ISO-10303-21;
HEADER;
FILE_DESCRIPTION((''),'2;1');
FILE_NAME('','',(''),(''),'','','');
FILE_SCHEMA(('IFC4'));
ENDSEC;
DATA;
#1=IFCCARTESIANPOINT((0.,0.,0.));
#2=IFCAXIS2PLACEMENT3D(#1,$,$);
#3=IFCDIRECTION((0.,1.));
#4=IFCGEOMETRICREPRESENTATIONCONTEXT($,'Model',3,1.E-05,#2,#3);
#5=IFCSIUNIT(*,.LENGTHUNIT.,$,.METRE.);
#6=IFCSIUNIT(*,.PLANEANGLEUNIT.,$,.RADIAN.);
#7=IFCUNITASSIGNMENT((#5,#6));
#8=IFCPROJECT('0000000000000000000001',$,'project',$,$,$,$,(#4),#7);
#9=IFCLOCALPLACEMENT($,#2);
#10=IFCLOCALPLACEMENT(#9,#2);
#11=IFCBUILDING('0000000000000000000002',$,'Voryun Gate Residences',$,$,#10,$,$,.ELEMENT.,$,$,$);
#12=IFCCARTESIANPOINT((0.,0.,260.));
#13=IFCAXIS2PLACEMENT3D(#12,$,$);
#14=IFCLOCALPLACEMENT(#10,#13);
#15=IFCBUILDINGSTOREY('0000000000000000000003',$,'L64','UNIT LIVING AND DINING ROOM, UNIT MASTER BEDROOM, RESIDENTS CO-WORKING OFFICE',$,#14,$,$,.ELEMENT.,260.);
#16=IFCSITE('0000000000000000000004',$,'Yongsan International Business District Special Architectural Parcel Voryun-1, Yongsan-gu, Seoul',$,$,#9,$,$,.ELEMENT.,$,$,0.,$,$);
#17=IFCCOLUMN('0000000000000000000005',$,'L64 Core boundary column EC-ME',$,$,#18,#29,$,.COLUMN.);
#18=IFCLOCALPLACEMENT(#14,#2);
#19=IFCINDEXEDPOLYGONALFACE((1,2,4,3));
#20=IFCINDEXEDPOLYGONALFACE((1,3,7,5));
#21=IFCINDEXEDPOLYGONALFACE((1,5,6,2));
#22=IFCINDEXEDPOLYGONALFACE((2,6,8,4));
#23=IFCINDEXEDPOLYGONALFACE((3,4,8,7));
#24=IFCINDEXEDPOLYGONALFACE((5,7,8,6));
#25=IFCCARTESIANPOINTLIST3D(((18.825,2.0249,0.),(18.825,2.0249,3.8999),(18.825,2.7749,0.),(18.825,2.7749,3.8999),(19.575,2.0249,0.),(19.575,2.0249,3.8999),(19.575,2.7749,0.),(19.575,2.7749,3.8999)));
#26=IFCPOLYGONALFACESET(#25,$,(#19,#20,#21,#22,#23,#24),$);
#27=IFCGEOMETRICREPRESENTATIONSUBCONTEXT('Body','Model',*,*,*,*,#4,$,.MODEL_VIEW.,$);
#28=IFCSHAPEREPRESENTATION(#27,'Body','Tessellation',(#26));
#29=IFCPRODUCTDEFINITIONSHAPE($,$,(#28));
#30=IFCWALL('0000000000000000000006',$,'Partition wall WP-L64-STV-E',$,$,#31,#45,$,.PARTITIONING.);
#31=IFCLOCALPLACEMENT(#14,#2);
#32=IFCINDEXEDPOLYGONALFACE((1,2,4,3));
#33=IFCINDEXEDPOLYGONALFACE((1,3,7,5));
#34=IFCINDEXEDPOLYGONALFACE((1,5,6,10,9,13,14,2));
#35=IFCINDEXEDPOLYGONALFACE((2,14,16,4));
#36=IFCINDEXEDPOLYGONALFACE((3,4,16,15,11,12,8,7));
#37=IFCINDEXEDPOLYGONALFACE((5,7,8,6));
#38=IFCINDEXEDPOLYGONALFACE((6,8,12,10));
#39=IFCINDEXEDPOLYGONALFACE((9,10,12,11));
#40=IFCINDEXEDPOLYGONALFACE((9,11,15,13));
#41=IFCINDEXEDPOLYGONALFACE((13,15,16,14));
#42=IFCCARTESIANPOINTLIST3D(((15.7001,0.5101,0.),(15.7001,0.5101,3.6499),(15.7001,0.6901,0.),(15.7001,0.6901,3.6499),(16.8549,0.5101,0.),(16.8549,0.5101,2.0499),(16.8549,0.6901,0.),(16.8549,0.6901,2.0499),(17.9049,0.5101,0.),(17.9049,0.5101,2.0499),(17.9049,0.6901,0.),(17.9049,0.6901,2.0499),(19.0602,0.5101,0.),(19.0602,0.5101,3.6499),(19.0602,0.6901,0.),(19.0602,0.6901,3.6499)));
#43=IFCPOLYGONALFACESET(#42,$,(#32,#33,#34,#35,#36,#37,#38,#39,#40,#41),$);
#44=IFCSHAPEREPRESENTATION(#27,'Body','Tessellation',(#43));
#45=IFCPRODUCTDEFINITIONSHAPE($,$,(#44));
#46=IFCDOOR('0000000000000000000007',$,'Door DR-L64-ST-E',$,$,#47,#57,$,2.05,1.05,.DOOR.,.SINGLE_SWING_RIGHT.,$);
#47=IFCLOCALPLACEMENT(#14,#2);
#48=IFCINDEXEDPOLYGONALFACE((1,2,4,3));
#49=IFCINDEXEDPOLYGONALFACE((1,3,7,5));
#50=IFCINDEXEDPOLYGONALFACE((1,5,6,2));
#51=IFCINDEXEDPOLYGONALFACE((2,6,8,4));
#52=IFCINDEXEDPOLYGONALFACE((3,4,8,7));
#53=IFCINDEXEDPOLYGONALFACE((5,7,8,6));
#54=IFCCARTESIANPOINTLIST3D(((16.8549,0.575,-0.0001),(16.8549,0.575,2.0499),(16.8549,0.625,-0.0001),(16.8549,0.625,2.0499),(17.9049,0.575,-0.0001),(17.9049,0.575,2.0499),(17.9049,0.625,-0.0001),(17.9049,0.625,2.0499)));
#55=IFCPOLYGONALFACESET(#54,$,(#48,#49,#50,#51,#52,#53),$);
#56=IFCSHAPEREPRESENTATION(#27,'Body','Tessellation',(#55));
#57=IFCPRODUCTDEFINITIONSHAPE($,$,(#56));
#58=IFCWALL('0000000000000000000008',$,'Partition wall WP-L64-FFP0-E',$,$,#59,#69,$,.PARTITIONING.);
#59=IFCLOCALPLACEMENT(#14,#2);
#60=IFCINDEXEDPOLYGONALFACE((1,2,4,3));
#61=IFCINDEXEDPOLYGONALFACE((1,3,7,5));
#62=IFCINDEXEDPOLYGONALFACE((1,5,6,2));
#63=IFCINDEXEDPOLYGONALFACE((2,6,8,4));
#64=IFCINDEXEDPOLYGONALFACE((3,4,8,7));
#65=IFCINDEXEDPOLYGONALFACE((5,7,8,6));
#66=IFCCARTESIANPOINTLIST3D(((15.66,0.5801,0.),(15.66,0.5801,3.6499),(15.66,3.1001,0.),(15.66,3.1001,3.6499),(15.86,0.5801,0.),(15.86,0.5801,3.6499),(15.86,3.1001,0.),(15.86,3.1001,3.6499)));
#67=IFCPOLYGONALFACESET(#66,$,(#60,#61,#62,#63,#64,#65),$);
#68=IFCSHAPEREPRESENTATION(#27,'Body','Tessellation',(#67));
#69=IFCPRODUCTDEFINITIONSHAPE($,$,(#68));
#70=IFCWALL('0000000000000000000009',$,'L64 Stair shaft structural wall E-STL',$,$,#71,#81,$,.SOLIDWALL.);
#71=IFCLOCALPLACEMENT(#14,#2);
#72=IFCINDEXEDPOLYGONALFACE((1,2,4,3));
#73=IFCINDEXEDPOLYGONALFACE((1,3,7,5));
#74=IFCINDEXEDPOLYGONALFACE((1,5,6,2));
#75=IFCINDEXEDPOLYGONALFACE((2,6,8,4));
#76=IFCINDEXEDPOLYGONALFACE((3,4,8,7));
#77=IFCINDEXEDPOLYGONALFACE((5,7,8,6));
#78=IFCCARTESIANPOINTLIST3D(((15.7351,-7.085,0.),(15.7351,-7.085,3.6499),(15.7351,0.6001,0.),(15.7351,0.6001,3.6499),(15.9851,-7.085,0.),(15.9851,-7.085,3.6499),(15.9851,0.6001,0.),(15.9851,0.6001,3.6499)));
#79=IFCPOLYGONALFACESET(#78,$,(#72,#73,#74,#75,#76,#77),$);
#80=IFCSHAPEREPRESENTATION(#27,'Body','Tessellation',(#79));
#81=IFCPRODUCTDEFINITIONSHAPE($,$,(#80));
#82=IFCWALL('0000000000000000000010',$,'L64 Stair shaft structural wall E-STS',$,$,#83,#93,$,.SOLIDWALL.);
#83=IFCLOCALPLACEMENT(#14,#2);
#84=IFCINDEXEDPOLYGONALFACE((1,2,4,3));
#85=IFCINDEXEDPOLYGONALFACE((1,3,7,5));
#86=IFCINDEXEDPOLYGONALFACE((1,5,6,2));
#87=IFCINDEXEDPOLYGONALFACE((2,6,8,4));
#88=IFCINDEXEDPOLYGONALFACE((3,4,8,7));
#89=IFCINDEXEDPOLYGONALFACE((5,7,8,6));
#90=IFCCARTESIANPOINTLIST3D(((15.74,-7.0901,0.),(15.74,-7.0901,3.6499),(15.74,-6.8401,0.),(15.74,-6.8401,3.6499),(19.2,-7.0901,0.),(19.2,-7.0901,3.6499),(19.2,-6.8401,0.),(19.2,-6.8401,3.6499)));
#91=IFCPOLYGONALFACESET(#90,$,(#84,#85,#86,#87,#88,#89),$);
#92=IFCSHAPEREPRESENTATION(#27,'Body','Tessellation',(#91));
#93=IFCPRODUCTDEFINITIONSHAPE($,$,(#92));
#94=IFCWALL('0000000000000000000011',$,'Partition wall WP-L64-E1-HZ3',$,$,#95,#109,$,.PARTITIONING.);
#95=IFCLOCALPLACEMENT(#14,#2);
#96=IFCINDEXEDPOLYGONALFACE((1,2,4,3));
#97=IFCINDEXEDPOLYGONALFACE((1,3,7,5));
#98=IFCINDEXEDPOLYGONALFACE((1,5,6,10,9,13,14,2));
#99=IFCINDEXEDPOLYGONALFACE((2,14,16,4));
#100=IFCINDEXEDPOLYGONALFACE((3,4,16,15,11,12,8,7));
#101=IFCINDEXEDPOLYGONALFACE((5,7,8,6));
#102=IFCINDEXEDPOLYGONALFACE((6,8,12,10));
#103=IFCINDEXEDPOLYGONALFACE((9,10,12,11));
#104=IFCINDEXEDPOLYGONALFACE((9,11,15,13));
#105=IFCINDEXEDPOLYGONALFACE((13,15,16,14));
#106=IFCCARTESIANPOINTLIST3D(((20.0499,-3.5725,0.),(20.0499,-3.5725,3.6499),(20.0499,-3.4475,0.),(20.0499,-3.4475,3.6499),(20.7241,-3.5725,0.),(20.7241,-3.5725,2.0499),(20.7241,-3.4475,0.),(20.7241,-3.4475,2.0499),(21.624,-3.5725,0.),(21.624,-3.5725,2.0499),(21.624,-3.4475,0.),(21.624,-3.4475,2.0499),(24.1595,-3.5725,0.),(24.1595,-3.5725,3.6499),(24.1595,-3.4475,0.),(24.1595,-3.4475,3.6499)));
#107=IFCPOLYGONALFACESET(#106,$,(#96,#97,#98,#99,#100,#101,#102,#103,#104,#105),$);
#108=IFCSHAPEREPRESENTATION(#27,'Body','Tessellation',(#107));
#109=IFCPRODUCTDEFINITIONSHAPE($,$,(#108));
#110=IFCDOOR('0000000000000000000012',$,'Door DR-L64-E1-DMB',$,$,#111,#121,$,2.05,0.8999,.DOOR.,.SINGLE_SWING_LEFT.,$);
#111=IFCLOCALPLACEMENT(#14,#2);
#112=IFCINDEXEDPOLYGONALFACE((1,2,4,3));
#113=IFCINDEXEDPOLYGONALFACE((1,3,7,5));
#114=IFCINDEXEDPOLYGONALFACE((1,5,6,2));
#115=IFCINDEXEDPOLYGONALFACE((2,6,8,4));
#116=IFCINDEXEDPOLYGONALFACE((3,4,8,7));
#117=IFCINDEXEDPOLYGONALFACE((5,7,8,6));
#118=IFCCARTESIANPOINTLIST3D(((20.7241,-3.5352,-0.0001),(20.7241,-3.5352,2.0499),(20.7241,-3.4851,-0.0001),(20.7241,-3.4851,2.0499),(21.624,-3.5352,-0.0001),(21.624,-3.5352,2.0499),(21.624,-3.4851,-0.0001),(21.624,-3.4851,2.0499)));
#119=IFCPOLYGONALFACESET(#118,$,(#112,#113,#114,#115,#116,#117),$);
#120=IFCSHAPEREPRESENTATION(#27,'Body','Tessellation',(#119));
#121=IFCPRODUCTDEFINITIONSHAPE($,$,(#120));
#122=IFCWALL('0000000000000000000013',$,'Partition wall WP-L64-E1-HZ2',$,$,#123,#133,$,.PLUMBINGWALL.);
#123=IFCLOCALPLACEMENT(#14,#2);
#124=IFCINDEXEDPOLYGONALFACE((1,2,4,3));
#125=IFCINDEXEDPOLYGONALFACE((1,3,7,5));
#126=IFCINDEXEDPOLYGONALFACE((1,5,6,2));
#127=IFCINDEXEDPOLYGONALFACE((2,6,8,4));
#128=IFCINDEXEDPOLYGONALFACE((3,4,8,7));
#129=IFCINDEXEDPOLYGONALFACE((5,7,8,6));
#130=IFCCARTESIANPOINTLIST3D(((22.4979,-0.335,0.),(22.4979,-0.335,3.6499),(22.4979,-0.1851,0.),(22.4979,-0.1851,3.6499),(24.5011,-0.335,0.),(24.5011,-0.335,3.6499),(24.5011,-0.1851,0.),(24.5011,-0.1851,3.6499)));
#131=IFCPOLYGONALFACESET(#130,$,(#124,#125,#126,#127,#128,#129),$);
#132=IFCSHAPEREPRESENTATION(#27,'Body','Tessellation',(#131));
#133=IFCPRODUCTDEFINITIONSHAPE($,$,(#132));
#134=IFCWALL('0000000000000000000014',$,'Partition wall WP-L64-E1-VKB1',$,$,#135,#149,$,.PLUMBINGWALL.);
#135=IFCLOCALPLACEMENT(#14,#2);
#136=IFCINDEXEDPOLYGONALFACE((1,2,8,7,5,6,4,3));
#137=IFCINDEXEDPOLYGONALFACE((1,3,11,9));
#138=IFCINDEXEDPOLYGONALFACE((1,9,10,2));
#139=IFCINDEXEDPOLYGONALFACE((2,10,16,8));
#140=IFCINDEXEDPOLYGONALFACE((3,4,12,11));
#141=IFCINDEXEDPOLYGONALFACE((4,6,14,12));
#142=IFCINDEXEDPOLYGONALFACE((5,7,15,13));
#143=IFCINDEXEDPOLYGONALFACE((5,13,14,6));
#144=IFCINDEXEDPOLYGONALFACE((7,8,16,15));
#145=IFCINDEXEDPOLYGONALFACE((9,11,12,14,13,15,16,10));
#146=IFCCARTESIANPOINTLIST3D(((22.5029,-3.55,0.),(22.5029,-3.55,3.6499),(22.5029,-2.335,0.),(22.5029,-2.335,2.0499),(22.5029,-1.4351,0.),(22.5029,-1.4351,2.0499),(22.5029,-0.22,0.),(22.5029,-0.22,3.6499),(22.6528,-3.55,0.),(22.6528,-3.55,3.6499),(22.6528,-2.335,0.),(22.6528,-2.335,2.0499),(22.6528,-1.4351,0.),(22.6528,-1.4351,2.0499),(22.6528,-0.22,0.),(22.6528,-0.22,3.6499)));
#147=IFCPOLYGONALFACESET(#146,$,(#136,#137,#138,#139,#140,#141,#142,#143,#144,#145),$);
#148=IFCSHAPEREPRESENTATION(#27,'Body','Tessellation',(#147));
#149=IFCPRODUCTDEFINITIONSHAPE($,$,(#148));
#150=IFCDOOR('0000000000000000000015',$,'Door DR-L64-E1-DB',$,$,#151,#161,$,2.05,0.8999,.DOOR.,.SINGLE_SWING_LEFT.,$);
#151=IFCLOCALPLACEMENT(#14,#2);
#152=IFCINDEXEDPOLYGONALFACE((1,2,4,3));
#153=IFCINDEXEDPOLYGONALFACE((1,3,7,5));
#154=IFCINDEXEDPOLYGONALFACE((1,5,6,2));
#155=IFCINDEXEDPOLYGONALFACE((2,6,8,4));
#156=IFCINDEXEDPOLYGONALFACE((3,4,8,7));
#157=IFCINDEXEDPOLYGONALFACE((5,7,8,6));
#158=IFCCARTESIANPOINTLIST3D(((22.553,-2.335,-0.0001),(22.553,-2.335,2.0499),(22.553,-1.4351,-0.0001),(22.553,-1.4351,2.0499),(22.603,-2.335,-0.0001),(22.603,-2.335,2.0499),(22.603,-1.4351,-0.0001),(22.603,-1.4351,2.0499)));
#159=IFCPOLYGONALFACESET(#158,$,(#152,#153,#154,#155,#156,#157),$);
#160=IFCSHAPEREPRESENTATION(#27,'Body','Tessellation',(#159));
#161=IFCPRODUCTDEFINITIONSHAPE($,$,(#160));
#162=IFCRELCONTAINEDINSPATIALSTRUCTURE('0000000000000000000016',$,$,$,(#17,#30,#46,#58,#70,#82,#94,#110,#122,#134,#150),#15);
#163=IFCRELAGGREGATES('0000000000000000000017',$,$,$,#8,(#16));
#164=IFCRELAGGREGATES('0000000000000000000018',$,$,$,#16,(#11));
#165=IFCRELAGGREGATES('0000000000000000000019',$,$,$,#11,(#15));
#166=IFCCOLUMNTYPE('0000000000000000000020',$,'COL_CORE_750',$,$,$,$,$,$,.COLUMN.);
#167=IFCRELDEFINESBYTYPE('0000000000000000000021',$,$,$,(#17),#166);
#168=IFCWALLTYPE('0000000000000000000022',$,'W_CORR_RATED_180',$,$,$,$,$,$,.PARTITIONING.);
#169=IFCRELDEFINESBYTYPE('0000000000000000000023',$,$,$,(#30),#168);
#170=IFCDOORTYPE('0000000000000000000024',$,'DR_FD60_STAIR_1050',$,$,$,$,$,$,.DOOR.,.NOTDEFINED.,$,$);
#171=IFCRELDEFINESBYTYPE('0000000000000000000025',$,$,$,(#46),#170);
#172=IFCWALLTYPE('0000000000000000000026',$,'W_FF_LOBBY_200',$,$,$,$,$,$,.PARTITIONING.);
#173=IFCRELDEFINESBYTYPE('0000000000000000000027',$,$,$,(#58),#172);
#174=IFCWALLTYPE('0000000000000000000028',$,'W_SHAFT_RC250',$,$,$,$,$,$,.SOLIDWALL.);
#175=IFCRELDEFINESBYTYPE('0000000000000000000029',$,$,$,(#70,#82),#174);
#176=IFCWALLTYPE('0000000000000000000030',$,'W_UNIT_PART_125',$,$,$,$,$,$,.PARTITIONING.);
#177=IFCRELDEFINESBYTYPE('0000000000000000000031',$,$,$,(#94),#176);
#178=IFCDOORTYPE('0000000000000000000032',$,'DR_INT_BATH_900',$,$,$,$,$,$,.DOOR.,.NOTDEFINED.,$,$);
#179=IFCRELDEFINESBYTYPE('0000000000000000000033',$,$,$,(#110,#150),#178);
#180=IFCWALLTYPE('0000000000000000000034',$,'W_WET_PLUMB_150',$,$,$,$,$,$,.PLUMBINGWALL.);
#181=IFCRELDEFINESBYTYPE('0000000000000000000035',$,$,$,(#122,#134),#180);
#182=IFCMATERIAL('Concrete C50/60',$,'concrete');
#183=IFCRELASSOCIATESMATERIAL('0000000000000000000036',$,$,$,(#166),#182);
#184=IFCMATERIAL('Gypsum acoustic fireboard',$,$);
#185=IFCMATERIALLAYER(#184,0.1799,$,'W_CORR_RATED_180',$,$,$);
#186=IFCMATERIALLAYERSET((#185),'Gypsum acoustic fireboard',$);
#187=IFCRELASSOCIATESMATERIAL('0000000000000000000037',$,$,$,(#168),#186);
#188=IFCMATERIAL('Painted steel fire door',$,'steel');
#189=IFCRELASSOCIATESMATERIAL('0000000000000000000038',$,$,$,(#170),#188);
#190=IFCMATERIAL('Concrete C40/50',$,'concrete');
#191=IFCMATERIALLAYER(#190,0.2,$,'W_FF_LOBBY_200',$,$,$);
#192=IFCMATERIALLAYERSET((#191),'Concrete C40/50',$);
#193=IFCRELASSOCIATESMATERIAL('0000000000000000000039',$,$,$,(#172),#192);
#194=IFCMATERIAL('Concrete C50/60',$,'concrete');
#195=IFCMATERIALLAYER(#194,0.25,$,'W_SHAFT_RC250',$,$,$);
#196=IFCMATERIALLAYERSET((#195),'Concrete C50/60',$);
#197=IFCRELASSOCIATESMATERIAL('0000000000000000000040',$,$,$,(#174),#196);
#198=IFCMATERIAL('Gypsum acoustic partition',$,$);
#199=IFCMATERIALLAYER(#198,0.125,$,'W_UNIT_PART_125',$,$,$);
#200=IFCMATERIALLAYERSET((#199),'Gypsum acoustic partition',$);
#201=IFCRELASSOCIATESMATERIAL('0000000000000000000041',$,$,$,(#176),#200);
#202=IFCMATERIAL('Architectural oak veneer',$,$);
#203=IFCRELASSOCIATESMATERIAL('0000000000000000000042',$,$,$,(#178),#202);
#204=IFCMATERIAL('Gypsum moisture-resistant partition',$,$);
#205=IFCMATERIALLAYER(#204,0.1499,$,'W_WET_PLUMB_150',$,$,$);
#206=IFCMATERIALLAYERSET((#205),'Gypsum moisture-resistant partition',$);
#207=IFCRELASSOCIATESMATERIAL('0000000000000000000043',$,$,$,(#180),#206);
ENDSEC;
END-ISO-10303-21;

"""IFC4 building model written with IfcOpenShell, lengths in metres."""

from ifc_helpers import new_model, si_unit, direction, frame, frame_2d, origin, origin_2d, place, context, subcontext, project, spatial, rectangle, extrude, material, layer, layer_set, material_profile, profile_set, type_object, element, fill, save


model = new_model("IFC4")

# Units and contexts
model_context = context("Model", 3, precision=1e-05, world=origin(), true_north=direction((0.0, 1.0)))
body_context = subcontext(model_context, "Body", "Model", "MODEL_VIEW")
ifc_project = project(units=[si_unit("LENGTHUNIT", "METRE"), si_unit("PLANEANGLEUNIT", "RADIAN")], contexts=[model_context])

# Site, building, storey
site_placement = place(None, origin())
site = spatial("IfcSite", under=ifc_project, at=site_placement, Name="Yongsan International Business District Special Architectural Parcel Voryun-1, Yongsan-gu, Seoul", CompositionType="ELEMENT", RefElevation=0.0)
building_placement = place(site_placement, origin())
building = spatial("IfcBuilding", under=site, at=building_placement, Name="Voryun Gate Residences", CompositionType="ELEMENT")
storey_placement = place(building_placement, frame((0.0, 0.0, 260.0)))
storey = spatial("IfcBuildingStorey", under=building, at=storey_placement, Name="L64", Description="UNIT LIVING AND DINING ROOM, UNIT MASTER BEDROOM, RESIDENTS CO-WORKING OFFICE", CompositionType="ELEMENT", Elevation=260.0)

# Column
ifc_material_1 = material(Name="Concrete C50/60", Category="concrete")
ifc_material_profile = material_profile(ifc_material_1, rectangle(XDim=0.75, YDim=0.75, at=origin_2d()), Name="RC-750x750")
ifc_profile_set = profile_set([ifc_material_profile], Name="Concrete C50/60")
column_type = type_object("IfcColumnType", Name="COL_CORE_750", PredefinedType="COLUMN", material=ifc_profile_set)
column_placement = place(storey_placement, frame((19.2, 2.3999, 0.0), z_axis=(0.0, 0.0, 1.0), x_axis=(1.0, 0.0, 0.0)))
element("IfcColumn", 1, at=column_placement, inside=storey, type_object=column_type, Name="L64 Core boundary column EC-ME", PredefinedType="COLUMN", context=body_context, shape_type="SweptSolid", body=[
    extrude(rectangle(XDim=0.75, YDim=0.75, at=origin_2d()), origin(), (0.0, 0.0, 1.0), 3.8999),
])

# Wall, opening, door
ifc_material_2 = material(Name="Gypsum acoustic fireboard")
ifc_layer_1 = layer(ifc_material_2, 0.1799, Name="W_CORR_RATED_180")
ifc_layer_set_1 = layer_set([ifc_layer_1], Name="Gypsum acoustic fireboard")
wall_type_1 = type_object("IfcWallType", Name="W_CORR_RATED_180", PredefinedType="PARTITIONING", material=ifc_layer_set_1)
wall_1_placement = place(storey_placement, frame((15.7, 0.6001, 0.0), z_axis=(0.0, 0.0, 1.0), x_axis=(1.0, 0.0, 0.0)))
wall_1 = element("IfcWall", 2, at=wall_1_placement, inside=storey, type_object=wall_type_1, Name="Partition wall WP-L64-STV-E", PredefinedType="PARTITIONING", context=body_context, shape_type="SweptSolid", body=[
    extrude(rectangle(XDim=3.3601, YDim=0.1799, at=frame_2d((1.6802, 0.0))), origin(), (0.0, 0.0, 1.0), 3.6499),
])
opening_1_placement = place(wall_1_placement, frame((1.155, 0.0, 0.0)))
opening_1 = element("IfcOpeningElement", 3, at=opening_1_placement, cuts=wall_1, PredefinedType="OPENING", context=body_context, shape_type="SweptSolid", body=[
    extrude(rectangle(XDim=1.05, YDim=2.05, at=frame_2d((0.5249, 1.0249))), frame((0.0, 0.0999, 0.0), z_axis=(0.0, -1.0, 0.0), x_axis=(1.0, 0.0, 0.0)), (0.0, 0.0, 1.0), 0.2),
])
ifc_material_3 = material(Name="Painted steel fire door", Category="steel")
door_type_1 = type_object("IfcDoorType", Name="DR_FD60_STAIR_1050", OperationType="NOTDEFINED", PredefinedType="DOOR", material=ifc_material_3)
door_1_placement = place(opening_1_placement, origin())
door_1 = element("IfcDoor", 4, at=door_1_placement, inside=storey, type_object=door_type_1, Name="Door DR-L64-ST-E", OperationType="SINGLE_SWING_RIGHT", OverallHeight=2.05, OverallWidth=1.05, PredefinedType="DOOR", context=body_context, shape_type="SweptSolid", body=[
    extrude(rectangle(XDim=1.05, YDim=2.05, at=frame_2d((0.5249, 1.0249))), frame((0.0, 0.0249, 0.0), z_axis=(0.0, -1.0, 0.0), x_axis=(1.0, 0.0, 0.0)), (0.0, 0.0, 1.0), 0.05),
])
fill(opening_1, door_1)

# Walls
ifc_material_4 = material(Name="Concrete C40/50", Category="concrete")
ifc_layer_2 = layer(ifc_material_4, 0.2, Name="W_FF_LOBBY_200")
ifc_layer_set_2 = layer_set([ifc_layer_2], Name="Concrete C40/50")
wall_type_2 = type_object("IfcWallType", Name="W_FF_LOBBY_200", PredefinedType="PARTITIONING", material=ifc_layer_set_2)
wall_2_placement = place(storey_placement, frame((15.76, 0.5801, 0.0), z_axis=(0.0, 0.0, 1.0), x_axis=(0.0, 1.0, 0.0)))
element("IfcWall", 5, at=wall_2_placement, inside=storey, type_object=wall_type_2, Name="Partition wall WP-L64-FFP0-E", PredefinedType="PARTITIONING", context=body_context, shape_type="SweptSolid", body=[
    extrude(rectangle(XDim=2.52, YDim=0.2, at=frame_2d((1.26, 0.0))), origin(), (0.0, 0.0, 1.0), 3.6499),
])
ifc_material_5 = material(Name="Concrete C50/60", Category="concrete")
ifc_layer_3 = layer(ifc_material_5, 0.25, Name="W_SHAFT_RC250")
ifc_layer_set_3 = layer_set([ifc_layer_3], Name="Concrete C50/60")
wall_type_3 = type_object("IfcWallType", Name="W_SHAFT_RC250", PredefinedType="SOLIDWALL", material=ifc_layer_set_3)
wall_3_placement = place(storey_placement, frame((15.8601, -7.085, 0.0), z_axis=(0.0, 0.0, 1.0), x_axis=(0.0, 1.0, 0.0)))
element("IfcWall", 6, at=wall_3_placement, inside=storey, type_object=wall_type_3, Name="L64 Stair shaft structural wall E-STL", PredefinedType="SOLIDWALL", context=body_context, shape_type="SweptSolid", body=[
    extrude(rectangle(XDim=7.6851, YDim=0.25, at=frame_2d((3.8425, 0.0))), origin(), (0.0, 0.0, 1.0), 3.6499),
])
wall_4_placement = place(storey_placement, frame((15.74, -6.9651, 0.0), z_axis=(0.0, 0.0, 1.0), x_axis=(1.0, 0.0, 0.0)))
element("IfcWall", 7, at=wall_4_placement, inside=storey, type_object=wall_type_3, Name="L64 Stair shaft structural wall E-STS", PredefinedType="SOLIDWALL", context=body_context, shape_type="SweptSolid", body=[
    extrude(rectangle(XDim=3.46, YDim=0.25, at=frame_2d((1.73, 0.0))), origin(), (0.0, 0.0, 1.0), 3.6499),
])

# Wall, opening, door
ifc_material_6 = material(Name="Gypsum acoustic partition")
ifc_layer_4 = layer(ifc_material_6, 0.125, Name="W_UNIT_PART_125")
ifc_layer_set_4 = layer_set([ifc_layer_4], Name="Gypsum acoustic partition")
wall_type_4 = type_object("IfcWallType", Name="W_UNIT_PART_125", PredefinedType="PARTITIONING", material=ifc_layer_set_4)
wall_5_placement = place(storey_placement, frame((20.05, -3.51, 0.0), z_axis=(0.0, 0.0, 1.0), x_axis=(1.0, 0.0, 0.0)))
wall_5 = element("IfcWall", 8, at=wall_5_placement, inside=storey, type_object=wall_type_4, Name="Partition wall WP-L64-E1-HZ3", PredefinedType="PARTITIONING", context=body_context, shape_type="SweptSolid", body=[
    extrude(rectangle(XDim=4.1096, YDim=0.125, at=frame_2d((2.0547, 0.0))), origin(), (0.0, 0.0, 1.0), 3.6499),
])
opening_2_placement = place(wall_5_placement, frame((0.6741, 0.0, 0.0)))
opening_2 = element("IfcOpeningElement", 9, at=opening_2_placement, cuts=wall_5, PredefinedType="OPENING", context=body_context, shape_type="SweptSolid", body=[
    extrude(rectangle(XDim=0.8999, YDim=2.05, at=frame_2d((0.45, 1.0249))), frame((0.0, 0.0725, 0.0), z_axis=(0.0, -1.0, 0.0), x_axis=(1.0, 0.0, 0.0)), (0.0, 0.0, 1.0), 0.145),
])
ifc_material_7 = material(Name="Architectural oak veneer")
door_type_2 = type_object("IfcDoorType", Name="DR_INT_BATH_900", OperationType="NOTDEFINED", PredefinedType="DOOR", material=ifc_material_7)
door_2_placement = place(opening_2_placement, origin())
door_2 = element("IfcDoor", 10, at=door_2_placement, inside=storey, type_object=door_type_2, Name="Door DR-L64-E1-DMB", OperationType="SINGLE_SWING_LEFT", OverallHeight=2.05, OverallWidth=0.8999, PredefinedType="DOOR", context=body_context, shape_type="SweptSolid", body=[
    extrude(rectangle(XDim=0.8999, YDim=2.05, at=frame_2d((0.45, 1.0249))), frame((0.0, 0.0249, 0.0), z_axis=(0.0, -1.0, 0.0), x_axis=(1.0, 0.0, 0.0)), (0.0, 0.0, 1.0), 0.05),
])
fill(opening_2, door_2)

# Wall
ifc_material_8 = material(Name="Gypsum moisture-resistant partition")
ifc_layer_5 = layer(ifc_material_8, 0.1499, Name="W_WET_PLUMB_150")
ifc_layer_set_5 = layer_set([ifc_layer_5], Name="Gypsum moisture-resistant partition")
wall_type_5 = type_object("IfcWallType", Name="W_WET_PLUMB_150", PredefinedType="PLUMBINGWALL", material=ifc_layer_set_5)
wall_6_placement = place(storey_placement, frame((22.498, -0.26, 0.0), z_axis=(0.0, 0.0, 1.0), x_axis=(1.0, 0.0, 0.0)))
element("IfcWall", 11, at=wall_6_placement, inside=storey, type_object=wall_type_5, Name="Partition wall WP-L64-E1-HZ2", PredefinedType="PLUMBINGWALL", context=body_context, shape_type="SweptSolid", body=[
    extrude(rectangle(XDim=2.0032, YDim=0.1499, at=frame_2d((1.0015, 0.0))), origin(), (0.0, 0.0, 1.0), 3.6499),
])

# Wall, opening, door
wall_7_placement = place(storey_placement, frame((22.5779, -3.55, 0.0), z_axis=(0.0, 0.0, 1.0), x_axis=(0.0, 1.0, 0.0)))
wall_7 = element("IfcWall", 12, at=wall_7_placement, inside=storey, type_object=wall_type_5, Name="Partition wall WP-L64-E1-VKB1", PredefinedType="PLUMBINGWALL", context=body_context, shape_type="SweptSolid", body=[
    extrude(rectangle(XDim=3.3301, YDim=0.1499, at=frame_2d((1.665, 0.0))), origin(), (0.0, 0.0, 1.0), 3.6499),
])
opening_3_placement = place(wall_7_placement, frame((1.2151, 0.0, 0.0)))
opening_3 = element("IfcOpeningElement", 13, at=opening_3_placement, cuts=wall_7, PredefinedType="OPENING", context=body_context, shape_type="SweptSolid", body=[
    extrude(rectangle(XDim=0.8999, YDim=2.05, at=frame_2d((0.45, 1.0249))), frame((0.0, 0.085, 0.0), z_axis=(0.0, -1.0, 0.0), x_axis=(1.0, 0.0, 0.0)), (0.0, 0.0, 1.0), 0.1699),
])
door_3_placement = place(opening_3_placement, origin())
door_3 = element("IfcDoor", 14, at=door_3_placement, inside=storey, type_object=door_type_2, Name="Door DR-L64-E1-DB", OperationType="SINGLE_SWING_LEFT", OverallHeight=2.05, OverallWidth=0.8999, PredefinedType="DOOR", context=body_context, shape_type="SweptSolid", body=[
    extrude(rectangle(XDim=0.8999, YDim=2.05, at=frame_2d((0.45, 1.0249))), frame((0.0, 0.0249, 0.0), z_axis=(0.0, -1.0, 0.0), x_axis=(1.0, 0.0, 0.0)), (0.0, 0.0, 1.0), 0.05),
])
fill(opening_3, door_3)

save(model, "model.ifc")
